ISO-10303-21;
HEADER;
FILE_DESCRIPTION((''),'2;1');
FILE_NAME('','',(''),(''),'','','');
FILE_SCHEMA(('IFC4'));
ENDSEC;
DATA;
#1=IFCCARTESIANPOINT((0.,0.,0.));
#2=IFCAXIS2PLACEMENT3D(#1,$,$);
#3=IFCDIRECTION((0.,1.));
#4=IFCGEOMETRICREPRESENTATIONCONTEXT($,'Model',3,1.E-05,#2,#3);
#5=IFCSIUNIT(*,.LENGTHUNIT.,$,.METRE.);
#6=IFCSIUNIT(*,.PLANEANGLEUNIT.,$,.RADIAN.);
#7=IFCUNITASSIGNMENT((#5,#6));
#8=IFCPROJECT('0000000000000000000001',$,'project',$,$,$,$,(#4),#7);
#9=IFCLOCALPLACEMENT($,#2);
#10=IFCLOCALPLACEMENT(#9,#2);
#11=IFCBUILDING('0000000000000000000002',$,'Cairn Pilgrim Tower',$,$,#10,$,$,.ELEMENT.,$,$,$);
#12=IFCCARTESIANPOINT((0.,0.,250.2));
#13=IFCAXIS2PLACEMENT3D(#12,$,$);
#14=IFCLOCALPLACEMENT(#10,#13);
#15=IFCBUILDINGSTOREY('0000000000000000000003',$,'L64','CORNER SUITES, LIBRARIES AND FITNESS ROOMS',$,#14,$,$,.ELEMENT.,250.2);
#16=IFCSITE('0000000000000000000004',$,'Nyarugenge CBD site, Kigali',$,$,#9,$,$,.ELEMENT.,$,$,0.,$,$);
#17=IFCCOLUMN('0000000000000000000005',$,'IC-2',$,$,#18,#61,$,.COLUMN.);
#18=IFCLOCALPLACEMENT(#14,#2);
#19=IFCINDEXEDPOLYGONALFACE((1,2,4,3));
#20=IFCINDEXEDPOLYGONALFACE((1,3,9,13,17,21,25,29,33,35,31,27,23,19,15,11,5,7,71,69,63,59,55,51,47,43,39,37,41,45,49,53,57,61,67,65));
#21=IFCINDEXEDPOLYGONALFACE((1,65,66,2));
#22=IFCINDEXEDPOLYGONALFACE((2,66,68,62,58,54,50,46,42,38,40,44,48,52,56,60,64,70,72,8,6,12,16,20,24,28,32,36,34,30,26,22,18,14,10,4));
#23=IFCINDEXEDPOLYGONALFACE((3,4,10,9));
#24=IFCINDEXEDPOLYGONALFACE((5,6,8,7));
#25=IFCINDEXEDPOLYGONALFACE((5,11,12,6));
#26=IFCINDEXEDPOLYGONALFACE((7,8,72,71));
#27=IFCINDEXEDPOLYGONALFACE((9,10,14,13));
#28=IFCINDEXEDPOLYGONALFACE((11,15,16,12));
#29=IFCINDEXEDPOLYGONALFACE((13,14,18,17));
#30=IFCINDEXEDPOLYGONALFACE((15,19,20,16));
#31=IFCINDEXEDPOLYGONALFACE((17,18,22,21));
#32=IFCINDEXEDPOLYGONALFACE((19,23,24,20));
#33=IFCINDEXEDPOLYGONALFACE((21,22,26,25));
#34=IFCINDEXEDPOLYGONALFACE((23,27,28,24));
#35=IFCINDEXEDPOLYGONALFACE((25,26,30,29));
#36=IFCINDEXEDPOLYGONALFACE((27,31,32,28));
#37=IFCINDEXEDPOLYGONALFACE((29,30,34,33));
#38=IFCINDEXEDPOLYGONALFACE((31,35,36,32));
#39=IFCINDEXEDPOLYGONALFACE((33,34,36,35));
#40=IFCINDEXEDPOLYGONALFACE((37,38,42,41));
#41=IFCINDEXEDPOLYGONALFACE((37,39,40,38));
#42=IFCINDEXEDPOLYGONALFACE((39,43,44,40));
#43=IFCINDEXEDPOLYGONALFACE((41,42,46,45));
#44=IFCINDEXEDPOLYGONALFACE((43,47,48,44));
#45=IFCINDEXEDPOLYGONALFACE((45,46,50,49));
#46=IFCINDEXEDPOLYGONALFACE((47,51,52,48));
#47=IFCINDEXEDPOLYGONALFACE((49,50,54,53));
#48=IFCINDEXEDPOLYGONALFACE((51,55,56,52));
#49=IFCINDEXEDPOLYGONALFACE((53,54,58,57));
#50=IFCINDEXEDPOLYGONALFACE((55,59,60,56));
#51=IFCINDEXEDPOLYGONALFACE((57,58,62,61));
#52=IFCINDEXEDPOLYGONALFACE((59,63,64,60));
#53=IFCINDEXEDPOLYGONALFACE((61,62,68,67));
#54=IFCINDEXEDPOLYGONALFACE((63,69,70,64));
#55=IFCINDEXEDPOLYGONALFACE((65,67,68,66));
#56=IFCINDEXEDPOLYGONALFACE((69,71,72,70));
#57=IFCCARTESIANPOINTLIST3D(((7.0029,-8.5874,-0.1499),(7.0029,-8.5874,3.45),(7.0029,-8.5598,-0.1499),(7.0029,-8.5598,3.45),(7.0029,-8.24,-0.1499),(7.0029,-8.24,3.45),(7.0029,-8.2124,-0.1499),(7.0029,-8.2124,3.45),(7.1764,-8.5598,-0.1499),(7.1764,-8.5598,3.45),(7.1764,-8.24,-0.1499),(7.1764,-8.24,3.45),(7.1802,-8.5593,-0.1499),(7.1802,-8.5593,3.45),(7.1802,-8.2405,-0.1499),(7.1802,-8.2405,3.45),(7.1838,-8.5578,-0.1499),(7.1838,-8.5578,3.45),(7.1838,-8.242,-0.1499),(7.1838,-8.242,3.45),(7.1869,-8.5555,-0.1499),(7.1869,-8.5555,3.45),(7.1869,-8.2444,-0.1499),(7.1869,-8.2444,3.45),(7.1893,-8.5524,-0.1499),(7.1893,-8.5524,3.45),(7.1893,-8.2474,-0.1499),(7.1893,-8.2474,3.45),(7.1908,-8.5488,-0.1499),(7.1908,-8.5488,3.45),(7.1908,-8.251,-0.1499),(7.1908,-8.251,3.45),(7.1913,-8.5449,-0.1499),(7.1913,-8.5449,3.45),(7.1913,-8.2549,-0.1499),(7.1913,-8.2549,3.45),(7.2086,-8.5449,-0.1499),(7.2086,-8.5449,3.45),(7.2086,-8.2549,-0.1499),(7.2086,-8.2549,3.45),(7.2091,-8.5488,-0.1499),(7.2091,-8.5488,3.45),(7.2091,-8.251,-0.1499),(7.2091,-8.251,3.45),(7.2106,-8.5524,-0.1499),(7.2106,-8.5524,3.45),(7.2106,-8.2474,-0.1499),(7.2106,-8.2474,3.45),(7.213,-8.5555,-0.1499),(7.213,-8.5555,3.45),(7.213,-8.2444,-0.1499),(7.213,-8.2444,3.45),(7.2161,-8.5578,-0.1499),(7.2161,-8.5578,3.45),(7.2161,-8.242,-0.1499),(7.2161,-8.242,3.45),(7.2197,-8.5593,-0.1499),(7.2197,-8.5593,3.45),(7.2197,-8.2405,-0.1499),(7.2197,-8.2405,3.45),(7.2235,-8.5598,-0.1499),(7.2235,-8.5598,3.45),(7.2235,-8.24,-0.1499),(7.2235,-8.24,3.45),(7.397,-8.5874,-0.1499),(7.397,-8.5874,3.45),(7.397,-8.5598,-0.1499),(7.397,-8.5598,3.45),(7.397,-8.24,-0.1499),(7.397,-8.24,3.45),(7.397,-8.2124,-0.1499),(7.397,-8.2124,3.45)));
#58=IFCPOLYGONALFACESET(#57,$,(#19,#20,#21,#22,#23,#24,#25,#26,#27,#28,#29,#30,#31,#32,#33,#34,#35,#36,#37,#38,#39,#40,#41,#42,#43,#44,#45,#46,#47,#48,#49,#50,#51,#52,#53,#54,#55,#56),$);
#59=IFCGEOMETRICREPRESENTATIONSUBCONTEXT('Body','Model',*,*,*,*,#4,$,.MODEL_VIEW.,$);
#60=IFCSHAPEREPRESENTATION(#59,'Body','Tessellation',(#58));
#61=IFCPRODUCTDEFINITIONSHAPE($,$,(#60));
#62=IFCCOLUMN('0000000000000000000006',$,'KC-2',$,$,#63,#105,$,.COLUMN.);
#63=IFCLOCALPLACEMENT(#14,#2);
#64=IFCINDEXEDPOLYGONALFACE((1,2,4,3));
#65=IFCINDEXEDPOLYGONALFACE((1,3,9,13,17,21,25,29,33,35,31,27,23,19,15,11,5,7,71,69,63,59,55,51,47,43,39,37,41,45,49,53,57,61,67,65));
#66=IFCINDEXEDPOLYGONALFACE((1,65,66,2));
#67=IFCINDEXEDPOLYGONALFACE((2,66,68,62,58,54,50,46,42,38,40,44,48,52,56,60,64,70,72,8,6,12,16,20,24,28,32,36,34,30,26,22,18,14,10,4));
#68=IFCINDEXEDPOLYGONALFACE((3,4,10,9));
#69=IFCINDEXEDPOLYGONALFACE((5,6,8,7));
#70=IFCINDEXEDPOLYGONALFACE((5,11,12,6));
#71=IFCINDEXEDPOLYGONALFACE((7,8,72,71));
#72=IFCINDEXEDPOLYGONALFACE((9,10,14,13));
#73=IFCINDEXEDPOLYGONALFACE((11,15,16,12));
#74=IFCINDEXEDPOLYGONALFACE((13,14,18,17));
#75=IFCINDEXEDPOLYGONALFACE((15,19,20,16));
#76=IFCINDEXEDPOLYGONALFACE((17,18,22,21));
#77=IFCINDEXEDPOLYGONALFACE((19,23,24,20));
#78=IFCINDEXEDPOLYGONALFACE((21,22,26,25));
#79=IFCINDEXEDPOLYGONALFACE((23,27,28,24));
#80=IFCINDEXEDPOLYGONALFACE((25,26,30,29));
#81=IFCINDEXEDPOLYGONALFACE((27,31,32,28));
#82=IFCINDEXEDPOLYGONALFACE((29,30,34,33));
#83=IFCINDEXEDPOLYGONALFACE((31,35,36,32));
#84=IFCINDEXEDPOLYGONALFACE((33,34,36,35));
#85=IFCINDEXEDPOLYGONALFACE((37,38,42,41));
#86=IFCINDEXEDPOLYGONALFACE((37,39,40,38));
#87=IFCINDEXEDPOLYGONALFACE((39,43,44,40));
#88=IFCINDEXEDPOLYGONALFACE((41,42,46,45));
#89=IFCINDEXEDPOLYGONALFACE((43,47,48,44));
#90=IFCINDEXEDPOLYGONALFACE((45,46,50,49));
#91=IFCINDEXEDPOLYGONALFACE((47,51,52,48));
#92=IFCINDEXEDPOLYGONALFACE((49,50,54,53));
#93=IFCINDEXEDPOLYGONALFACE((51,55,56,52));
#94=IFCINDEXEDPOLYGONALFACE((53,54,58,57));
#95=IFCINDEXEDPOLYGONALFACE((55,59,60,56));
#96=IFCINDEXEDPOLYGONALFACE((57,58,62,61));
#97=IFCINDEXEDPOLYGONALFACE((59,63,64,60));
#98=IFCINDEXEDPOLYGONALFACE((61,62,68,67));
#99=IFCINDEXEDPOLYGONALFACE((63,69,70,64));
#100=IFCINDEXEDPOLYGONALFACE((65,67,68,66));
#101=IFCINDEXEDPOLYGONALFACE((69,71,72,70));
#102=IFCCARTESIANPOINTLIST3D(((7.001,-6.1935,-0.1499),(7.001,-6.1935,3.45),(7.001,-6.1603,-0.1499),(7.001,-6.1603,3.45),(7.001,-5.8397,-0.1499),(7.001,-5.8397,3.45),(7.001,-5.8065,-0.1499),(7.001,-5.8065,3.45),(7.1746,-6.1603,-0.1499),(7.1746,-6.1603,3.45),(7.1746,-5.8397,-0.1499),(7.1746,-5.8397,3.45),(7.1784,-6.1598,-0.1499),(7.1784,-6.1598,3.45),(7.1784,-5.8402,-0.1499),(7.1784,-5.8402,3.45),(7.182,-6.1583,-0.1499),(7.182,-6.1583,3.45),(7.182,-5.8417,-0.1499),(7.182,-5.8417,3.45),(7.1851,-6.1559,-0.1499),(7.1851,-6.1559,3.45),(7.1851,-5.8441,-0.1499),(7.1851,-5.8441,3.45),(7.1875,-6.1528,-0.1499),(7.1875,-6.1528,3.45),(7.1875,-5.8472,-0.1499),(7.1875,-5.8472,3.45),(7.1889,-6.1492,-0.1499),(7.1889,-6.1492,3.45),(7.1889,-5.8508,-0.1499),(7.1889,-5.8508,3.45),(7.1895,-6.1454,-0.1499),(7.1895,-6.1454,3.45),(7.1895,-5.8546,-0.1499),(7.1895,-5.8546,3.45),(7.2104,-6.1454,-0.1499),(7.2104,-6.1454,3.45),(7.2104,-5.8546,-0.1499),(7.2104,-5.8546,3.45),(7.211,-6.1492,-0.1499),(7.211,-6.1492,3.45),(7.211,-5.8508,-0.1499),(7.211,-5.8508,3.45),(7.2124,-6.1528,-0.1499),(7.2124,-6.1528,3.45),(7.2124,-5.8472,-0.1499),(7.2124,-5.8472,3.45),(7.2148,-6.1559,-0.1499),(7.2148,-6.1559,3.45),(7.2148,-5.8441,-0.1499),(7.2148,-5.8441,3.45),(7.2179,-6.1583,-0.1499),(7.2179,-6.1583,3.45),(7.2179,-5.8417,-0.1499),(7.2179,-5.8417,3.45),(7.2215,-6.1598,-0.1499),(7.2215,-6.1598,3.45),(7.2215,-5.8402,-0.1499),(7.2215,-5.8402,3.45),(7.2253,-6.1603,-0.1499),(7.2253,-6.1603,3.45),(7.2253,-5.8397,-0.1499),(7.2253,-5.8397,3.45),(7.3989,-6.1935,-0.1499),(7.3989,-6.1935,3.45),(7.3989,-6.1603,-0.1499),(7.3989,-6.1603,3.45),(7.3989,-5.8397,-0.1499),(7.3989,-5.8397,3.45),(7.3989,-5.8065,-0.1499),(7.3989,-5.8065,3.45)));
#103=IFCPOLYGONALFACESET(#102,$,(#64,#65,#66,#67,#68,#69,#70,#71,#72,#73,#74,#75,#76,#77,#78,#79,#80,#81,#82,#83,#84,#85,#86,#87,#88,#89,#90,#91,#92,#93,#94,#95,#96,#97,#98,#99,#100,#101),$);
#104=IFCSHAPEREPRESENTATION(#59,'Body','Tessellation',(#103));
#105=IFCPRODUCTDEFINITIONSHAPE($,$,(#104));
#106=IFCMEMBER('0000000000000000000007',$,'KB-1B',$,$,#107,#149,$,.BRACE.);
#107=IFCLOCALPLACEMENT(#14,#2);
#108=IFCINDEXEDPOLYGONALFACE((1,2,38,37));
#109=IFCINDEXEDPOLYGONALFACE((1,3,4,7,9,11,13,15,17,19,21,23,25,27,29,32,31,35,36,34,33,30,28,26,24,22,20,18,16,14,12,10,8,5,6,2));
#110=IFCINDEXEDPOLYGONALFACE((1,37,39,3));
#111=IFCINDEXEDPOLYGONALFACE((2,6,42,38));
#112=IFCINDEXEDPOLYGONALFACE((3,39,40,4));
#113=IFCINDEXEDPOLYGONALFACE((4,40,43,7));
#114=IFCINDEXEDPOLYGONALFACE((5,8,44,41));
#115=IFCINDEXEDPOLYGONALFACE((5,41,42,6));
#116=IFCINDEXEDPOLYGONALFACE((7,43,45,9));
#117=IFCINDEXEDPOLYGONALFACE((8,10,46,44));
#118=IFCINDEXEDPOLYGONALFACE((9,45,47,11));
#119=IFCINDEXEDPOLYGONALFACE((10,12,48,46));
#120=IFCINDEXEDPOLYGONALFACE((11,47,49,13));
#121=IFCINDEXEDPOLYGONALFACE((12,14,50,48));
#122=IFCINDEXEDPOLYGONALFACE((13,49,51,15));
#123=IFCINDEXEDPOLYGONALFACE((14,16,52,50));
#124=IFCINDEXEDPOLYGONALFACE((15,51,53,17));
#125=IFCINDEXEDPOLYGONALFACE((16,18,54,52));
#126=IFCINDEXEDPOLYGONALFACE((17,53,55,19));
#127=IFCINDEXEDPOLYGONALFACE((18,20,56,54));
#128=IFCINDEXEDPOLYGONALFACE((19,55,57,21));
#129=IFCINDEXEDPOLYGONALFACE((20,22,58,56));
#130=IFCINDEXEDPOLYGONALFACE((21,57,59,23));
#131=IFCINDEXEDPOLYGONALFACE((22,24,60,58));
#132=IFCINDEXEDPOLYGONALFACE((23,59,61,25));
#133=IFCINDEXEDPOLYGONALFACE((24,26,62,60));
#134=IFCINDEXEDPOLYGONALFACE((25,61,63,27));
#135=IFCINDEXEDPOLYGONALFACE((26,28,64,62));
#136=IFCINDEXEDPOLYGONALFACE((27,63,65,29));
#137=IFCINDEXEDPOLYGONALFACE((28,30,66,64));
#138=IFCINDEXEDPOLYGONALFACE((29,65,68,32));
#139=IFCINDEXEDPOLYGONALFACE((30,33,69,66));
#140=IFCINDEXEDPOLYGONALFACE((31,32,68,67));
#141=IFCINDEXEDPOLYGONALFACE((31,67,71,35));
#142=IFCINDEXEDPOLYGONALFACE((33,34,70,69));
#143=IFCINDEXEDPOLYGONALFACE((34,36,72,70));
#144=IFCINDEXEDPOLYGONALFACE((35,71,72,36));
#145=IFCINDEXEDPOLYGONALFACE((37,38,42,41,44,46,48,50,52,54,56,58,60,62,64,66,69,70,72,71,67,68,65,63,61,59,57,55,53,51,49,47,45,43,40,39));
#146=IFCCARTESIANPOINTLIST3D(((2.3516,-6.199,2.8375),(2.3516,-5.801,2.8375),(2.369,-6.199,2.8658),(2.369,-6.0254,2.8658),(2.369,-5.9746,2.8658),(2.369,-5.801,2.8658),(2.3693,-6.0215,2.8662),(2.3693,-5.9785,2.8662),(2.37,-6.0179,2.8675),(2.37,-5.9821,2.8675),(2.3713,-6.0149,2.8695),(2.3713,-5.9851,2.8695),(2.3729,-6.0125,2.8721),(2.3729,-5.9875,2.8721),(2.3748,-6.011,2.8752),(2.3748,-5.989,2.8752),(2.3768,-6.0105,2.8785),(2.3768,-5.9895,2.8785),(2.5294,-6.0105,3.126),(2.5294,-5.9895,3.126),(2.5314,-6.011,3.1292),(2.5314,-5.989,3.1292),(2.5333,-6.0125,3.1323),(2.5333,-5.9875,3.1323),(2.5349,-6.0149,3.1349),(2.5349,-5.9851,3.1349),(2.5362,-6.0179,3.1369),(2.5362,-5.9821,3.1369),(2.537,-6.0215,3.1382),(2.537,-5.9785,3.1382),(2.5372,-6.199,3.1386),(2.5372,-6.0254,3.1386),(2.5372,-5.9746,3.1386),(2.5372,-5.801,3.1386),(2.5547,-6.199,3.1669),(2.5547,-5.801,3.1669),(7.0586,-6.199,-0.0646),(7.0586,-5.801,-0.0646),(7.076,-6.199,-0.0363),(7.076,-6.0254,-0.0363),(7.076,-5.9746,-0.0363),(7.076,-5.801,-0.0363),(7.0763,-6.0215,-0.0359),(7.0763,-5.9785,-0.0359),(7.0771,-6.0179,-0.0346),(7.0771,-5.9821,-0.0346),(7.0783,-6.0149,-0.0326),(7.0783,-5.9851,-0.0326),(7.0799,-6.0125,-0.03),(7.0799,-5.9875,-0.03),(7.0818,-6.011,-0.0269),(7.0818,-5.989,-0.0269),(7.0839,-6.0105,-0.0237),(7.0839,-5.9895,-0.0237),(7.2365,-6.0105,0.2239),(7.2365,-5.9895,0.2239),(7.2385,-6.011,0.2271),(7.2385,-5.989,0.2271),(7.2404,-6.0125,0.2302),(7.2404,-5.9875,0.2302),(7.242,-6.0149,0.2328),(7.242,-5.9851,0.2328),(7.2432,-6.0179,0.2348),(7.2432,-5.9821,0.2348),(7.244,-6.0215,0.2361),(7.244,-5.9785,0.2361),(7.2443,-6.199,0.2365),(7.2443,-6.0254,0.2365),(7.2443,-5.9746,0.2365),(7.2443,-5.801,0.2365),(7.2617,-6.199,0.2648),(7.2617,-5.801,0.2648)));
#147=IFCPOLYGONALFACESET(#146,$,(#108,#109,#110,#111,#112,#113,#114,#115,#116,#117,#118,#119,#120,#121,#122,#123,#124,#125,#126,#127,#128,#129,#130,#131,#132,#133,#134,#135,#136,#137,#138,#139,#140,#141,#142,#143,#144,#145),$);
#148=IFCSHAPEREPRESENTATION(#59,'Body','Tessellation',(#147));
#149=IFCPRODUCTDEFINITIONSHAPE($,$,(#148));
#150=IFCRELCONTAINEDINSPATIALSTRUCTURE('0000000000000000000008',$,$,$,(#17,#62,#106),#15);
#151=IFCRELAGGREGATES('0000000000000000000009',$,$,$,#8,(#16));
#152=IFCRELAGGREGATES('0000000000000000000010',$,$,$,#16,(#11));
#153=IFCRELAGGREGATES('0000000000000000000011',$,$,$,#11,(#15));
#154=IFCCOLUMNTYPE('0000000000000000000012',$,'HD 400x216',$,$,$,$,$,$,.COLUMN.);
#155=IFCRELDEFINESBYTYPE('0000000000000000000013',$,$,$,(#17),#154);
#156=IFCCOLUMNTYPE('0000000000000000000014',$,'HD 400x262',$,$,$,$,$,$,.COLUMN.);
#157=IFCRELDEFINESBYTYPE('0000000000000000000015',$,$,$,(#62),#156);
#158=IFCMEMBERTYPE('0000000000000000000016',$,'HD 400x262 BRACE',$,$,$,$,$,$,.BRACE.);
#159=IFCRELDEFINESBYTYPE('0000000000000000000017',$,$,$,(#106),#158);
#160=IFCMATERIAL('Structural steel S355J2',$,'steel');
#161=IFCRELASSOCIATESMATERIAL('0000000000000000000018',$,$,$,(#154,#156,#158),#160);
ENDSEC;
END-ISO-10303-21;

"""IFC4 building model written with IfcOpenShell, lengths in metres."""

from ifc_helpers import new_model, si_unit, direction, frame, origin, origin_2d, place, context, subcontext, project, spatial, i_section, extrude, material, material_profile, profile_set, type_object, element, save


model = new_model("IFC4")

# Units and contexts
model_context = context("Model", 3, precision=1e-05, world=origin(), true_north=direction((0.0, 1.0)))
body_context = subcontext(model_context, "Body", "Model", "MODEL_VIEW")
ifc_project = project(units=[si_unit("LENGTHUNIT", "METRE"), si_unit("PLANEANGLEUNIT", "RADIAN")], contexts=[model_context])

# Site, building, storey
site_placement = place(None, origin())
site = spatial("IfcSite", under=ifc_project, at=site_placement, Name="Nyarugenge CBD site, Kigali", CompositionType="ELEMENT", RefElevation=0.0)
building_placement = place(site_placement, origin())
building = spatial("IfcBuilding", under=site, at=building_placement, Name="Cairn Pilgrim Tower", CompositionType="ELEMENT")
storey_placement = place(building_placement, frame((0.0, 0.0, 250.2)))
storey = spatial("IfcBuildingStorey", under=building, at=storey_placement, Name="L64", Description="CORNER SUITES, LIBRARIES AND FITNESS ROOMS", CompositionType="ELEMENT", Elevation=250.2)

# Columns
ifc_material_1 = material(Name="Structural steel S355J2", Category="steel")
ifc_material_profile_1 = material_profile(ifc_material_1, i_section(OverallWidth=0.394, OverallDepth=0.375, WebThickness=0.0173, FlangeThickness=0.0276, FilletRadius=0.0149, at=origin_2d()), Name="HD 400x216")
ifc_profile_set_1 = profile_set([ifc_material_profile_1], Name="Structural steel S355J2")
column_type_1 = type_object("IfcColumnType", Name="HD 400x216", PredefinedType="COLUMN", material=ifc_profile_set_1)
column_1_placement = place(storey_placement, frame((7.2, -8.3999, -0.1499), z_axis=(0.0, 0.0, 1.0), x_axis=(1.0, 0.0, 0.0)))
element("IfcColumn", 1, at=column_1_placement, inside=storey, type_object=column_type_1, Name="IC-2", PredefinedType="COLUMN", context=body_context, shape_type="SweptSolid", body=[
    extrude(i_section(OverallWidth=0.394, OverallDepth=0.375, WebThickness=0.0173, FlangeThickness=0.0276, FilletRadius=0.0149, at=origin_2d()), origin(), (0.0, 0.0, 1.0), 3.5999),
])
ifc_material_profile_2 = material_profile(ifc_material_1, i_section(OverallWidth=0.3979, OverallDepth=0.387, WebThickness=0.021, FlangeThickness=0.0332, FilletRadius=0.0149, at=origin_2d()), Name="HD 400x262")
ifc_profile_set_2 = profile_set([ifc_material_profile_2], Name="Structural steel S355J2")
column_type_2 = type_object("IfcColumnType", Name="HD 400x262", PredefinedType="COLUMN", material=ifc_profile_set_2)
column_2_placement = place(storey_placement, frame((7.2, -6.0, -0.1499), z_axis=(0.0, 0.0, 1.0), x_axis=(1.0, 0.0, 0.0)))
element("IfcColumn", 2, at=column_2_placement, inside=storey, type_object=column_type_2, Name="KC-2", PredefinedType="COLUMN", context=body_context, shape_type="SweptSolid", body=[
    extrude(i_section(OverallWidth=0.3979, OverallDepth=0.387, WebThickness=0.021, FlangeThickness=0.0332, FilletRadius=0.0149, at=origin_2d()), origin(), (0.0, 0.0, 1.0), 3.5999),
])

# Member
ifc_material_profile_3 = material_profile(ifc_material_1, i_section(OverallWidth=0.3979, OverallDepth=0.387, WebThickness=0.021, FlangeThickness=0.0332, FilletRadius=0.0149, at=origin_2d()), Name="HD 400x262")
ifc_profile_set_3 = profile_set([ifc_material_profile_3], Name="Structural steel S355J2")
member_type = type_object("IfcMemberType", Name="HD 400x262 BRACE", PredefinedType="BRACE", material=ifc_profile_set_3)
member_placement = place(storey_placement, frame((7.1602, -6.0, 0.1001), z_axis=(-0.851217, 0.0, 0.524814), x_axis=(0.0, -1.0, 0.0)))
element("IfcMember", 3, at=member_placement, inside=storey, type_object=member_type, Name="KB-1B", PredefinedType="BRACE", context=body_context, shape_type="SweptSolid", body=[
    extrude(i_section(OverallWidth=0.3979, OverallDepth=0.387, WebThickness=0.021, FlangeThickness=0.0332, FilletRadius=0.0149, at=origin_2d()), origin(), (0.0, 0.0, 1.0), 5.5298),
])

save(model, "model.ifc")
